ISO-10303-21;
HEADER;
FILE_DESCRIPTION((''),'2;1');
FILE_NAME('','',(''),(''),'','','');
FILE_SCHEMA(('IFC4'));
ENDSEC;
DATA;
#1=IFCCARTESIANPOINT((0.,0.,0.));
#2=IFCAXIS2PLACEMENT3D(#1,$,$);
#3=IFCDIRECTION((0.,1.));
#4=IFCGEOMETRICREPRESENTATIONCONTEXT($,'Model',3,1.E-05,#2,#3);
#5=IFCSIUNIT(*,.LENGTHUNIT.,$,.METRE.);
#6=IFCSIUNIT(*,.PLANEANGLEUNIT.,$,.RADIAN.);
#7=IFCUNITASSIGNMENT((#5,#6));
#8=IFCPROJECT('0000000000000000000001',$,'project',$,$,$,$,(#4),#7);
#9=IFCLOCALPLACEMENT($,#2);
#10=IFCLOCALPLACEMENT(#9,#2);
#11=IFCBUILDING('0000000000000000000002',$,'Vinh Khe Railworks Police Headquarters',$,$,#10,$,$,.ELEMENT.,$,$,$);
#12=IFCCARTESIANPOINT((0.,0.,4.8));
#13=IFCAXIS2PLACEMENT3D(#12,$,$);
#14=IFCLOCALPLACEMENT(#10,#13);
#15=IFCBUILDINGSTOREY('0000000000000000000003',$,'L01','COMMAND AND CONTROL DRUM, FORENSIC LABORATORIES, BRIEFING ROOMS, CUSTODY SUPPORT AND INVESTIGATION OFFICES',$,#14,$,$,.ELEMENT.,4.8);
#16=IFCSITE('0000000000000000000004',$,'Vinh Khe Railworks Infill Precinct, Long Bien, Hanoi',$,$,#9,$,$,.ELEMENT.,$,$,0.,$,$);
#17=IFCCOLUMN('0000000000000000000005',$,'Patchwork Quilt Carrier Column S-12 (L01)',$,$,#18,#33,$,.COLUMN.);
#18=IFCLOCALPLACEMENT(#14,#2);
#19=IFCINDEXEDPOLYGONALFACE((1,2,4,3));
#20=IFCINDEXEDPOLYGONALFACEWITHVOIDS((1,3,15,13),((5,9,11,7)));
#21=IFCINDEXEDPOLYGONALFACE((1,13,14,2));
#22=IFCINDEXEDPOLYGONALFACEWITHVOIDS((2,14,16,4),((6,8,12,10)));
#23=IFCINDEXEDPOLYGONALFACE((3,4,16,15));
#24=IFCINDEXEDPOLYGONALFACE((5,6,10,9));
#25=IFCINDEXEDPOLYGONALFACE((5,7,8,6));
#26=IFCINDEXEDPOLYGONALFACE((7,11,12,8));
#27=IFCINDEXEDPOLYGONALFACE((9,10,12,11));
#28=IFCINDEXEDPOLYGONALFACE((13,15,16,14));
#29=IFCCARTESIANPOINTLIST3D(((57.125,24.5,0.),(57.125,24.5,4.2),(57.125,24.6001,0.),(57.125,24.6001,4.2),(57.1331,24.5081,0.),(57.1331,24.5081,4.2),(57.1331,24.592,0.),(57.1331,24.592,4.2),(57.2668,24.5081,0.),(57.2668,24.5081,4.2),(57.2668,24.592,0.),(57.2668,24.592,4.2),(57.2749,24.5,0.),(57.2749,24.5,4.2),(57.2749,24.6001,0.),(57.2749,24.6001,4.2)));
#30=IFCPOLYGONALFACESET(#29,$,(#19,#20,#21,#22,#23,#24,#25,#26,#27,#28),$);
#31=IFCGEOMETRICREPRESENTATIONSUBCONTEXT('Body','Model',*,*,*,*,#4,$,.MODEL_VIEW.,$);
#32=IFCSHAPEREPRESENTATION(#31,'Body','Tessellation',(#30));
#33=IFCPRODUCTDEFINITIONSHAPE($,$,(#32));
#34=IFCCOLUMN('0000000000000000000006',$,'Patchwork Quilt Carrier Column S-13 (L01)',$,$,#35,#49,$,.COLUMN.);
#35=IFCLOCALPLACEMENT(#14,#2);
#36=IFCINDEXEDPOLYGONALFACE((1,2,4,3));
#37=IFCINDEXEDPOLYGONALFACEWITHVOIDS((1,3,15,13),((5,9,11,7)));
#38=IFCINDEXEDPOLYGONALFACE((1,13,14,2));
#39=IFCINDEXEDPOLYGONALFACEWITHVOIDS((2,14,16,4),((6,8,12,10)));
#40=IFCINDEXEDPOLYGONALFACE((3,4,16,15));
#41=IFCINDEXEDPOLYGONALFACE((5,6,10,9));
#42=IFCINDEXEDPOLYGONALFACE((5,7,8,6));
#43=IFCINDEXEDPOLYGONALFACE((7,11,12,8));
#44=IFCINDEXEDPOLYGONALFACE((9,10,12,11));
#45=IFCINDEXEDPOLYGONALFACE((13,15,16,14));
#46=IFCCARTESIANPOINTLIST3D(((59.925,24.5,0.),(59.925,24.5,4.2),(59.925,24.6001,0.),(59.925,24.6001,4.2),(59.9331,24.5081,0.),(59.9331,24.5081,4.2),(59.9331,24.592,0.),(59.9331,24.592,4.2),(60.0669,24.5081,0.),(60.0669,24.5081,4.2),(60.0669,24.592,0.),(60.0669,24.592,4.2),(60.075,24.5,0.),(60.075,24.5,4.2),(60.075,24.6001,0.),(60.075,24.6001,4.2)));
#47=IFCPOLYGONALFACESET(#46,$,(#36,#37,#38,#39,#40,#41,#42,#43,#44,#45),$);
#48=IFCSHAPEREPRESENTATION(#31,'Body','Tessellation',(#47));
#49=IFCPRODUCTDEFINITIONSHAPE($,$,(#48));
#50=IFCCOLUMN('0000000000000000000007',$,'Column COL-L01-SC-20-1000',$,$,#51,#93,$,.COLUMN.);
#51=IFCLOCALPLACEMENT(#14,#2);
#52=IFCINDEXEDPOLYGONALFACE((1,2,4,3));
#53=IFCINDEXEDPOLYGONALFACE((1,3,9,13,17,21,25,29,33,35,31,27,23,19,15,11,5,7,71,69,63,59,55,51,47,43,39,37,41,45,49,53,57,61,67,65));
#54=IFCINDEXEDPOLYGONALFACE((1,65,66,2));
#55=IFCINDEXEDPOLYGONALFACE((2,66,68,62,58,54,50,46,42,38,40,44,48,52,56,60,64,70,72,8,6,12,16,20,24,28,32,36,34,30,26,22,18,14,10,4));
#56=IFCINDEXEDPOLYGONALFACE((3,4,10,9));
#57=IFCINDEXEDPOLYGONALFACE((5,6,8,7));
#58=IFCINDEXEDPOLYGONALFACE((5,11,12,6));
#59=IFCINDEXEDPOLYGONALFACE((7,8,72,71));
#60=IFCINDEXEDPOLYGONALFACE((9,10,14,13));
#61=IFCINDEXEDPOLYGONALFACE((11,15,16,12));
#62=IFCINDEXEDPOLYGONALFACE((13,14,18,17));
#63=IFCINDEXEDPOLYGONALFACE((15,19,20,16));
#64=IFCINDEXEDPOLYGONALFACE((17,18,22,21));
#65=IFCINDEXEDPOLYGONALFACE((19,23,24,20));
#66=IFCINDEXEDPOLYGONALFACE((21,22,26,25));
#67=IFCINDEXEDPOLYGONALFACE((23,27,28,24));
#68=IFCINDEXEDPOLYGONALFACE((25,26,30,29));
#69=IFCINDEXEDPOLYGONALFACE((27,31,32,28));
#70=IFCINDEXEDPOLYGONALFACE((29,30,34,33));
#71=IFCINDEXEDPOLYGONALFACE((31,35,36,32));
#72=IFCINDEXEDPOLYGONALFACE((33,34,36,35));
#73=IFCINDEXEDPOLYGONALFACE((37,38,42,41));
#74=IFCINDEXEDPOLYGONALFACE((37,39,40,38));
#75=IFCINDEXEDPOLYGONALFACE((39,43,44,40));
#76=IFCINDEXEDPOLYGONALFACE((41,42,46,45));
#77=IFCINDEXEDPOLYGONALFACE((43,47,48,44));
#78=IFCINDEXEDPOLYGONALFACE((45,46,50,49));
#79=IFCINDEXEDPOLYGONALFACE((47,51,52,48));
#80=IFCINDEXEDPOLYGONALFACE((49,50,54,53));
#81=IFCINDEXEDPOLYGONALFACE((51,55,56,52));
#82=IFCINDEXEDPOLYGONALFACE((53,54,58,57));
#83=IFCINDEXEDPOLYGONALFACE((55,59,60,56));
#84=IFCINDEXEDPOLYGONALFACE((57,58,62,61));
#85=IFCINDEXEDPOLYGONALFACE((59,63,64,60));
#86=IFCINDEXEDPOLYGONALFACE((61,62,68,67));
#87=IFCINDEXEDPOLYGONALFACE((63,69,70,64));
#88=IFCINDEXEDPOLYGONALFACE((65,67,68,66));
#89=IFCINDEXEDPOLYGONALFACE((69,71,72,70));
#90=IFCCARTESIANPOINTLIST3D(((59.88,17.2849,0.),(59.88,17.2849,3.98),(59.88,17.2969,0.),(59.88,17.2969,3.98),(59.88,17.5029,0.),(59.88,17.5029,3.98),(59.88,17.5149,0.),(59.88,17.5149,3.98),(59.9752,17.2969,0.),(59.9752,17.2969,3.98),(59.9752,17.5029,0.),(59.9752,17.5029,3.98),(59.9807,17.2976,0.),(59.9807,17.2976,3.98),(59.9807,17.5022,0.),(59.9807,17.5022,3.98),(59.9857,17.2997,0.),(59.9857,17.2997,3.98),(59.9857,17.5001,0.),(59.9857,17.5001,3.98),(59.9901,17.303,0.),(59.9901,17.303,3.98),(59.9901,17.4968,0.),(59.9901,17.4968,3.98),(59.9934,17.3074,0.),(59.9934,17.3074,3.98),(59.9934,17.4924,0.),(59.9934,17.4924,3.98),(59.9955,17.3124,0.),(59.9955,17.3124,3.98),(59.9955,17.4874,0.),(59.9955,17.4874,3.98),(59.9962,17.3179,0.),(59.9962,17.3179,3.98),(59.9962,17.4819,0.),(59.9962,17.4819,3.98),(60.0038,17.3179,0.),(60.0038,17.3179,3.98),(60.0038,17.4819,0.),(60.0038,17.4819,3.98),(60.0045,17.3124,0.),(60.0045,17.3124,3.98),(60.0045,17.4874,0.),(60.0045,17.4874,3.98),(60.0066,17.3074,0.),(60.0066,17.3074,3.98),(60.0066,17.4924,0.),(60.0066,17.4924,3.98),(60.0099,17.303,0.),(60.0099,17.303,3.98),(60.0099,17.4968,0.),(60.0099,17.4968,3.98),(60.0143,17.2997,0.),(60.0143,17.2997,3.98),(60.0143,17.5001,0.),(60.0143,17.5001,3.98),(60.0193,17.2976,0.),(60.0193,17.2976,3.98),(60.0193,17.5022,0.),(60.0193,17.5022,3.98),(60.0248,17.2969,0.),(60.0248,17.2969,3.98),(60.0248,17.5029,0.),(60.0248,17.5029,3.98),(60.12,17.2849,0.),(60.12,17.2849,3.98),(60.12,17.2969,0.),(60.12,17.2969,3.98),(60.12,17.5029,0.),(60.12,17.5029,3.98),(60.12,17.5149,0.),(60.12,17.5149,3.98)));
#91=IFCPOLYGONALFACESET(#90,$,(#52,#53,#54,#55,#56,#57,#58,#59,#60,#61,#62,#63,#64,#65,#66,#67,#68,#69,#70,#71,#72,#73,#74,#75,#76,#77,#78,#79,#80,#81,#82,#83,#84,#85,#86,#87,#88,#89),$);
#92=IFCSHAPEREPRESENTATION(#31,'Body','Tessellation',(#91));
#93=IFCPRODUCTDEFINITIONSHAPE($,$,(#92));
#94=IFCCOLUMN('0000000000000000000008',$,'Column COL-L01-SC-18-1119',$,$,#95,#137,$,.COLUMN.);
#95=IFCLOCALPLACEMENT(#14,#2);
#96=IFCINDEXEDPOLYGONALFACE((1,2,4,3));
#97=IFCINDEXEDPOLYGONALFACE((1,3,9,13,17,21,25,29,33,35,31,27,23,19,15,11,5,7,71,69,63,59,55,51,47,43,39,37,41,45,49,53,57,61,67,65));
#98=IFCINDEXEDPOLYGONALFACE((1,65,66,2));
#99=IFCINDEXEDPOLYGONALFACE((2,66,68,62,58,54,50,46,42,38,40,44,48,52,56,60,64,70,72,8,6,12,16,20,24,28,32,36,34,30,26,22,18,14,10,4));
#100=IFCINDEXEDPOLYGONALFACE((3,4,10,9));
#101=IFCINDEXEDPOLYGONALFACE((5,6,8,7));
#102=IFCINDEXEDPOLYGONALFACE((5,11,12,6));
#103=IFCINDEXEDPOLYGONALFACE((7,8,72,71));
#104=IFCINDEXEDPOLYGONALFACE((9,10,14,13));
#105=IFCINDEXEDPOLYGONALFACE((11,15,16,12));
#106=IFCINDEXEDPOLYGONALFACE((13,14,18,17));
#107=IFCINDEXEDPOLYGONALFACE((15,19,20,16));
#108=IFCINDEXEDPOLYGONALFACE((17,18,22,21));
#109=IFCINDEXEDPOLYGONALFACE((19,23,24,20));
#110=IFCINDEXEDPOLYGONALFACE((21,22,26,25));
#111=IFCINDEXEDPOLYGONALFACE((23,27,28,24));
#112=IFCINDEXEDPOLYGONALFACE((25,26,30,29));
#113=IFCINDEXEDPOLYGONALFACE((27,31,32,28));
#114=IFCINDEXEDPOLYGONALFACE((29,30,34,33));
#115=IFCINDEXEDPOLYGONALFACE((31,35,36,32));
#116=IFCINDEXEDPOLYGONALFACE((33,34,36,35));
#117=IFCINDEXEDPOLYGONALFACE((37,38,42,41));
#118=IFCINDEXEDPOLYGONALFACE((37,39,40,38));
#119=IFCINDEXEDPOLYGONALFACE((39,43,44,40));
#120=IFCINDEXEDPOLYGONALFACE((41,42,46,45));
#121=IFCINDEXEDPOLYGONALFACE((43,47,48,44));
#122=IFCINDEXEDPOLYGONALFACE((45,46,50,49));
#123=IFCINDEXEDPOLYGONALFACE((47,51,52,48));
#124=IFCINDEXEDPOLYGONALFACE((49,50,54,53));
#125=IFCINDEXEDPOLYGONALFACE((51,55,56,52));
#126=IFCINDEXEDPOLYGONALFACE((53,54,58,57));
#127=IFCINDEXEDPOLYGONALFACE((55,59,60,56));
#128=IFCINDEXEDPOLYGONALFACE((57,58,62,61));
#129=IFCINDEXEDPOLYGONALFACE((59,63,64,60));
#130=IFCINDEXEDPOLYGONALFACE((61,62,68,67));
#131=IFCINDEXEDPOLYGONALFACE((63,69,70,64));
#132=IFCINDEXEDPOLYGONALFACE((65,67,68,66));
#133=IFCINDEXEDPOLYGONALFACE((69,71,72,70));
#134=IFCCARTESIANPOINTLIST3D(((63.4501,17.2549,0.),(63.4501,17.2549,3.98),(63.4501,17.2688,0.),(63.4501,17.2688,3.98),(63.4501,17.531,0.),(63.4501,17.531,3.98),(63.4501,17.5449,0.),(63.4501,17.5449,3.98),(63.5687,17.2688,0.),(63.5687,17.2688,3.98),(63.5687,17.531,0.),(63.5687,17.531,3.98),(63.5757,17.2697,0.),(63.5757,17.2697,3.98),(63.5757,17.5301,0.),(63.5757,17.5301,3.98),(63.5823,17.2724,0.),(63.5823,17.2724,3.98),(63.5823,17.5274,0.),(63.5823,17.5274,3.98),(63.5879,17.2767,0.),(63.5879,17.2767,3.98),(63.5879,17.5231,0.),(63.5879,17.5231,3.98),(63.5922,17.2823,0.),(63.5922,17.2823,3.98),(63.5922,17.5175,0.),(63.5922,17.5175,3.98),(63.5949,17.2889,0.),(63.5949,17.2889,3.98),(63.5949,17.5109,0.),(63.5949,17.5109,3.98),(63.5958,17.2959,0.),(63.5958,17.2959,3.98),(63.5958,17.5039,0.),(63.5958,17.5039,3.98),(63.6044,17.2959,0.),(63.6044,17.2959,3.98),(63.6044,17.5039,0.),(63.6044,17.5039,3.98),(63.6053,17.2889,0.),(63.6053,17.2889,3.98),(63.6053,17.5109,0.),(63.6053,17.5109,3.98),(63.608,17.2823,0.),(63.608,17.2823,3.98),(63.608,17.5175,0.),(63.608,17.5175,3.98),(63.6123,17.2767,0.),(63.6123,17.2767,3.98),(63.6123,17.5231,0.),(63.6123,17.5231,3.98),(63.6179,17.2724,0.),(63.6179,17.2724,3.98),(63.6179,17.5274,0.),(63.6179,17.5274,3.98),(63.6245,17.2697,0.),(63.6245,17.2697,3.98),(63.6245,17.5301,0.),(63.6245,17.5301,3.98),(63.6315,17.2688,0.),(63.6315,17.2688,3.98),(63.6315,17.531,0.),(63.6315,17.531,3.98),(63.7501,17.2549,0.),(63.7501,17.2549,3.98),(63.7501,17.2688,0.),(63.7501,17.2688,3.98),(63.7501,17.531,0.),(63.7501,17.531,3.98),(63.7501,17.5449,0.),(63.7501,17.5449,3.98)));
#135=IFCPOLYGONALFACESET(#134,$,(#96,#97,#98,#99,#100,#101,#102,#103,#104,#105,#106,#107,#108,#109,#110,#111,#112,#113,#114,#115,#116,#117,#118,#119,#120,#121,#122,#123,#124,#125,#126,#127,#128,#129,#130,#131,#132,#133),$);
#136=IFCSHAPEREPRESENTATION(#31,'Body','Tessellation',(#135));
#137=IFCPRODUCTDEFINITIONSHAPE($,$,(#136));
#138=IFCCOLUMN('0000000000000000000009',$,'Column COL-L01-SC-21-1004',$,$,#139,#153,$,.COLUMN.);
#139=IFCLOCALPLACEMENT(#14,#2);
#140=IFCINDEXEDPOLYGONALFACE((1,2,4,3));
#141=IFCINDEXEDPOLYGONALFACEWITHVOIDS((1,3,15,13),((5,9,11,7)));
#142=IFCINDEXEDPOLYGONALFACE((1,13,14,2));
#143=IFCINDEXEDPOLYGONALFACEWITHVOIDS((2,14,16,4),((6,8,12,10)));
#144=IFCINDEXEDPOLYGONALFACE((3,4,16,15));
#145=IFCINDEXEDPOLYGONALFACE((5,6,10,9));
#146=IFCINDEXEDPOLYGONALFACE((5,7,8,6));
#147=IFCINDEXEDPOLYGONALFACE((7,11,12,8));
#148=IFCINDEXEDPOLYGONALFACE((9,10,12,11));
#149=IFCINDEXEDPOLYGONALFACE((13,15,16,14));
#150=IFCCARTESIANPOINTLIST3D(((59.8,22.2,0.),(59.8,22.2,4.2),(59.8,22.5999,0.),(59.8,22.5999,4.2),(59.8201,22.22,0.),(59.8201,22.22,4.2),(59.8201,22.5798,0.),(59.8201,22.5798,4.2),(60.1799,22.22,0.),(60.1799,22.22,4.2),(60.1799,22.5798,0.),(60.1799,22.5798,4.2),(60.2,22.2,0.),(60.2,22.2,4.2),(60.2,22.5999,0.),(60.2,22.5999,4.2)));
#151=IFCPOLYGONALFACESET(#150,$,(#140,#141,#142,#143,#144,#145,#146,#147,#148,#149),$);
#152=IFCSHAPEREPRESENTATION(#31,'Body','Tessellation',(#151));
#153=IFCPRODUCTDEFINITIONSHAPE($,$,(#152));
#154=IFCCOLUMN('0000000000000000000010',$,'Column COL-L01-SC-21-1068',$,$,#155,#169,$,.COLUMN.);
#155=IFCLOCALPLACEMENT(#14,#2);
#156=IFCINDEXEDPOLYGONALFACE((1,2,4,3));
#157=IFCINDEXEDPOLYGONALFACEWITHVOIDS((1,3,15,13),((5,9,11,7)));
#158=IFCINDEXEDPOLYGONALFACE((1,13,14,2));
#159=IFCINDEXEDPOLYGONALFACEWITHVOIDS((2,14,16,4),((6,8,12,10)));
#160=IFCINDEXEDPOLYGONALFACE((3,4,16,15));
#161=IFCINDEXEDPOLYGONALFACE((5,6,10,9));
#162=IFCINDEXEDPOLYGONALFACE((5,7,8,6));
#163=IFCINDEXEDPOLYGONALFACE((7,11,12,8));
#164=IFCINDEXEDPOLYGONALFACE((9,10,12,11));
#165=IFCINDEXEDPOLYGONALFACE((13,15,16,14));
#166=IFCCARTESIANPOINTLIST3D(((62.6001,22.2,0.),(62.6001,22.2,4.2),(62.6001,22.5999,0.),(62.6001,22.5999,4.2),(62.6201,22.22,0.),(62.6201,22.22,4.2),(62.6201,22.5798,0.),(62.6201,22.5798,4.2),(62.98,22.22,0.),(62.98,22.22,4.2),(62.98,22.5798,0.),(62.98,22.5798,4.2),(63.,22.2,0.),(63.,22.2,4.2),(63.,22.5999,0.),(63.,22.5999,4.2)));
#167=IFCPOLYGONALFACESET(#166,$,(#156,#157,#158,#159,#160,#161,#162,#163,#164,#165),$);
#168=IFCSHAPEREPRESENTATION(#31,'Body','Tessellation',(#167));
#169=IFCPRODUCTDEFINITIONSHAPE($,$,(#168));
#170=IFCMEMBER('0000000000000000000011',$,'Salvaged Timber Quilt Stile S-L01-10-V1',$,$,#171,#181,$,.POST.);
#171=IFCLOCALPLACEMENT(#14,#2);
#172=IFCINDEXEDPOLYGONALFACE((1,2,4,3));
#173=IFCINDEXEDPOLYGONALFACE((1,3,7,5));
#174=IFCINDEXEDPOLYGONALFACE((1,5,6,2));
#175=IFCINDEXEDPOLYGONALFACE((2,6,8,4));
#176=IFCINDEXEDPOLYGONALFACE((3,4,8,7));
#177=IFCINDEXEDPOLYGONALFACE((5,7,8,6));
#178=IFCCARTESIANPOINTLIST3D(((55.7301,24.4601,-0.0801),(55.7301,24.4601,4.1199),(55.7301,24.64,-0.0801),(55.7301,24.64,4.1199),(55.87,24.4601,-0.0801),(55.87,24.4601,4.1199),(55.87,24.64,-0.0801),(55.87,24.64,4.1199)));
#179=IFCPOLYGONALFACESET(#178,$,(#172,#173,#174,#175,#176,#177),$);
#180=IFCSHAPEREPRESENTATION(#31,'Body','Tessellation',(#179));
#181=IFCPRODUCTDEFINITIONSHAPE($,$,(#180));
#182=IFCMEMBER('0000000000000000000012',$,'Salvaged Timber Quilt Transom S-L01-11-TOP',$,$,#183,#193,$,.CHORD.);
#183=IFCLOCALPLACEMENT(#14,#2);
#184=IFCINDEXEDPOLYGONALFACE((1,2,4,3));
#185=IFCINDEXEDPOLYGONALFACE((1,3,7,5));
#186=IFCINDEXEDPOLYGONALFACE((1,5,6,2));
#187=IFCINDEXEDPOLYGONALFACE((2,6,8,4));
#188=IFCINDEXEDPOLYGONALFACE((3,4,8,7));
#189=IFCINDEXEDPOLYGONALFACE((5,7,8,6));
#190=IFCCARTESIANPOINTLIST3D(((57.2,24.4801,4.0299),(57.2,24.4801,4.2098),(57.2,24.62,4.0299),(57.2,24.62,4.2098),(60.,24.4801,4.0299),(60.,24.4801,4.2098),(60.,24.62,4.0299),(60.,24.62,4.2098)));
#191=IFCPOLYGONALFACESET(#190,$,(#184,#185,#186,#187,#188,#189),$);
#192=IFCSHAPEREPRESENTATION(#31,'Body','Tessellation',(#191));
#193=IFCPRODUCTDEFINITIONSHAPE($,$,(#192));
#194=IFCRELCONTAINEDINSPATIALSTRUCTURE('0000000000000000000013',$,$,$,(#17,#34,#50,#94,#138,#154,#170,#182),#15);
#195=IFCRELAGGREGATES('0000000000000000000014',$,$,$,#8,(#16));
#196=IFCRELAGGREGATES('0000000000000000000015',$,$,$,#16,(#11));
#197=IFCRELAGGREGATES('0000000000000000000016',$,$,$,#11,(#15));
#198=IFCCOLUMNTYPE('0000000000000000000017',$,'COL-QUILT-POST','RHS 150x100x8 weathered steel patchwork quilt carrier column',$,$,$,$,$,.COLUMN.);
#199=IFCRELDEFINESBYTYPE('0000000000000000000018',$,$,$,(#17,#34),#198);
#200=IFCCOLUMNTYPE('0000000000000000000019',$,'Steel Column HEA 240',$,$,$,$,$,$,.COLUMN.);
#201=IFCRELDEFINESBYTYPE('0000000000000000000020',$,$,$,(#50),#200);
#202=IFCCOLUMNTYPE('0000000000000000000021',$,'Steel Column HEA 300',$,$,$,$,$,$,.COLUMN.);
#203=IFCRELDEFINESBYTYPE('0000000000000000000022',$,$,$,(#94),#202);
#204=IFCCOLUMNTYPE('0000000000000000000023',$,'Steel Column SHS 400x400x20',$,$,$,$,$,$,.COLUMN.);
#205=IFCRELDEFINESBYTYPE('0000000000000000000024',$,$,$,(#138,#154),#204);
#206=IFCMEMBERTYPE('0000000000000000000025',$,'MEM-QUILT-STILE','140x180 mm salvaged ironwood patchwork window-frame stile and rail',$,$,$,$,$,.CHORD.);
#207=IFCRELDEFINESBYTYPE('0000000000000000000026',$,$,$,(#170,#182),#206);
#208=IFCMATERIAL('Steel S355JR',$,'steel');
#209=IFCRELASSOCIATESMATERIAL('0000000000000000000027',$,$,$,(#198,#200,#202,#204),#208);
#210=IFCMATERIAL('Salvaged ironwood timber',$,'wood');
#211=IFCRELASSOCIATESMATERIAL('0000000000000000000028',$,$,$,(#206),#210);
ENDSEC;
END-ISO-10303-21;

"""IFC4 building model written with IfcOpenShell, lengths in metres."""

from ifc_helpers import new_model, si_unit, direction, frame, origin, origin_2d, place, context, subcontext, project, spatial, rectangle, hollow_rectangle, i_section, extrude, material, material_profile, profile_set, type_object, element, save


model = new_model("IFC4")

# Units and contexts
model_context = context("Model", 3, precision=1e-05, world=origin(), true_north=direction((0.0, 1.0)))
body_context = subcontext(model_context, "Body", "Model", "MODEL_VIEW")
ifc_project = project(units=[si_unit("LENGTHUNIT", "METRE"), si_unit("PLANEANGLEUNIT", "RADIAN")], contexts=[model_context])

# Site, building, storey
site_placement = place(None, origin())
site = spatial("IfcSite", under=ifc_project, at=site_placement, Name="Vinh Khe Railworks Infill Precinct, Long Bien, Hanoi", CompositionType="ELEMENT", RefElevation=0.0)
building_placement = place(site_placement, origin())
building = spatial("IfcBuilding", under=site, at=building_placement, Name="Vinh Khe Railworks Police Headquarters", CompositionType="ELEMENT")
storey_placement = place(building_placement, frame((0.0, 0.0, 4.8)))
storey = spatial("IfcBuildingStorey", under=building, at=storey_placement, Name="L01", Description="COMMAND AND CONTROL DRUM, FORENSIC LABORATORIES, BRIEFING ROOMS, CUSTODY SUPPORT AND INVESTIGATION OFFICES", CompositionType="ELEMENT", Elevation=4.8)

# Columns
ifc_material_1 = material(Name="Steel S355JR", Category="steel")
ifc_material_profile_1 = material_profile(ifc_material_1, hollow_rectangle(XDim=0.1499, YDim=0.1001, WallThickness=0.0081, at=origin_2d()), Name="RHS 150x100x8")
ifc_profile_set_1 = profile_set([ifc_material_profile_1], Name="Steel S355JR")
column_type_1 = type_object("IfcColumnType", Name="COL-QUILT-POST", Description="RHS 150x100x8 weathered steel patchwork quilt carrier column", PredefinedType="COLUMN", material=ifc_profile_set_1)
for number, where, z_axis, x_axis, name in (
    (1, (57.2, 24.55, 0.0), (0.0, 0.0, 1.0), (1.0, 0.0, 0.0), "Patchwork Quilt Carrier Column S-12 (L01)"),
    (2, (60.0, 24.55, 0.0), (0.0, 0.0, 1.0), (1.0, 0.0, 0.0), "Patchwork Quilt Carrier Column S-13 (L01)"),
):
    element("IfcColumn", number, at=place(storey_placement, frame(where, z_axis=z_axis, x_axis=x_axis)), inside=storey, type_object=column_type_1, Name=name, PredefinedType="COLUMN", context=body_context, shape_type="SweptSolid", body=[
        extrude(hollow_rectangle(XDim=0.1499, YDim=0.1001, WallThickness=0.0081, at=origin_2d()), origin(), (0.0, 0.0, 1.0), 4.2),
    ])
ifc_material_profile_2 = material_profile(ifc_material_1, i_section(OverallWidth=0.24, OverallDepth=0.23, WebThickness=0.0076, FlangeThickness=0.012, FilletRadius=0.021, at=origin_2d()), Name="HEA 240")
ifc_profile_set_2 = profile_set([ifc_material_profile_2], Name="Steel S355JR")
column_type_2 = type_object("IfcColumnType", Name="Steel Column HEA 240", PredefinedType="COLUMN", material=ifc_profile_set_2)
column_1_placement = place(storey_placement, frame((60.0, 17.3999, 0.0), z_axis=(0.0, 0.0, 1.0), x_axis=(1.0, 0.0, 0.0)))
element("IfcColumn", 3, at=column_1_placement, inside=storey, type_object=column_type_2, Name="Column COL-L01-SC-20-1000", PredefinedType="COLUMN", context=body_context, shape_type="SweptSolid", body=[
    extrude(i_section(OverallWidth=0.24, OverallDepth=0.23, WebThickness=0.0076, FlangeThickness=0.012, FilletRadius=0.021, at=origin_2d()), origin(), (0.0, 0.0, 1.0), 3.98),
])
ifc_material_profile_3 = material_profile(ifc_material_1, i_section(OverallWidth=0.3, OverallDepth=0.29, WebThickness=0.0085, FlangeThickness=0.0139, FilletRadius=0.0271, at=origin_2d()), Name="HEA 300")
ifc_profile_set_3 = profile_set([ifc_material_profile_3], Name="Steel S355JR")
column_type_3 = type_object("IfcColumnType", Name="Steel Column HEA 300", PredefinedType="COLUMN", material=ifc_profile_set_3)
column_2_placement = place(storey_placement, frame((63.6001, 17.3999, 0.0), z_axis=(0.0, 0.0, 1.0), x_axis=(1.0, 0.0, 0.0)))
element("IfcColumn", 4, at=column_2_placement, inside=storey, type_object=column_type_3, Name="Column COL-L01-SC-18-1119", PredefinedType="COLUMN", context=body_context, shape_type="SweptSolid", body=[
    extrude(i_section(OverallWidth=0.3, OverallDepth=0.29, WebThickness=0.0085, FlangeThickness=0.0139, FilletRadius=0.0271, at=origin_2d()), origin(), (0.0, 0.0, 1.0), 3.98),
])
ifc_material_profile_4 = material_profile(ifc_material_1, hollow_rectangle(XDim=0.3999, YDim=0.3999, WallThickness=0.02, at=origin_2d()), Name="SHS 400x400x20")
ifc_profile_set_4 = profile_set([ifc_material_profile_4], Name="Steel S355JR")
column_type_4 = type_object("IfcColumnType", Name="Steel Column SHS 400x400x20", PredefinedType="COLUMN", material=ifc_profile_set_4)
for number, where, z_axis, x_axis, name in (
    (5, (60.0, 22.3999, 0.0), (0.0, 0.0, 1.0), (1.0, 0.0, 0.0), "Column COL-L01-SC-21-1004"),
    (6, (62.8, 22.3999, 0.0), (0.0, 0.0, 1.0), (1.0, 0.0, 0.0), "Column COL-L01-SC-21-1068"),
):
    element("IfcColumn", number, at=place(storey_placement, frame(where, z_axis=z_axis, x_axis=x_axis)), inside=storey, type_object=column_type_4, Name=name, PredefinedType="COLUMN", context=body_context, shape_type="SweptSolid", body=[
        extrude(hollow_rectangle(XDim=0.3999, YDim=0.3999, WallThickness=0.02, at=origin_2d()), origin(), (0.0, 0.0, 1.0), 4.2),
    ])

# Members
ifc_material_2 = material(Name="Salvaged ironwood timber", Category="wood")
ifc_material_profile_5 = material_profile(ifc_material_2, rectangle(XDim=0.1399, YDim=0.1799, at=origin_2d()), Name="TIMBER 140x180")
ifc_profile_set_5 = profile_set([ifc_material_profile_5], Name="Salvaged ironwood timber")
member_type = type_object("IfcMemberType", Name="MEM-QUILT-STILE", Description="140x180 mm salvaged ironwood patchwork window-frame stile and rail", PredefinedType="CHORD", material=ifc_profile_set_5)
member_1_placement = place(storey_placement, frame((55.8, 24.55, -0.0801), z_axis=(0.0, 0.0, 1.0), x_axis=(1.0, 0.0, 0.0)))
element("IfcMember", 7, at=member_1_placement, inside=storey, type_object=member_type, Name="Salvaged Timber Quilt Stile S-L01-10-V1", PredefinedType="POST", context=body_context, shape_type="SweptSolid", body=[
    extrude(rectangle(XDim=0.1399, YDim=0.1799, at=origin_2d()), origin(), (0.0, 0.0, 1.0), 4.2),
])
for number, where, z_axis, x_axis, name in (
    (8, (57.2, 24.55, 4.1199), (1.0, 0.0, 0.0), (0.0, 1.0, 0.0), "Salvaged Timber Quilt Transom S-L01-11-TOP"),
):
    element("IfcMember", number, at=place(storey_placement, frame(where, z_axis=z_axis, x_axis=x_axis)), inside=storey, type_object=member_type, Name=name, PredefinedType="CHORD", context=body_context, shape_type="SweptSolid", body=[
        extrude(rectangle(XDim=0.1399, YDim=0.1799, at=origin_2d()), origin(), (0.0, 0.0, 1.0), 2.8),
    ])

save(model, "model.ifc")
